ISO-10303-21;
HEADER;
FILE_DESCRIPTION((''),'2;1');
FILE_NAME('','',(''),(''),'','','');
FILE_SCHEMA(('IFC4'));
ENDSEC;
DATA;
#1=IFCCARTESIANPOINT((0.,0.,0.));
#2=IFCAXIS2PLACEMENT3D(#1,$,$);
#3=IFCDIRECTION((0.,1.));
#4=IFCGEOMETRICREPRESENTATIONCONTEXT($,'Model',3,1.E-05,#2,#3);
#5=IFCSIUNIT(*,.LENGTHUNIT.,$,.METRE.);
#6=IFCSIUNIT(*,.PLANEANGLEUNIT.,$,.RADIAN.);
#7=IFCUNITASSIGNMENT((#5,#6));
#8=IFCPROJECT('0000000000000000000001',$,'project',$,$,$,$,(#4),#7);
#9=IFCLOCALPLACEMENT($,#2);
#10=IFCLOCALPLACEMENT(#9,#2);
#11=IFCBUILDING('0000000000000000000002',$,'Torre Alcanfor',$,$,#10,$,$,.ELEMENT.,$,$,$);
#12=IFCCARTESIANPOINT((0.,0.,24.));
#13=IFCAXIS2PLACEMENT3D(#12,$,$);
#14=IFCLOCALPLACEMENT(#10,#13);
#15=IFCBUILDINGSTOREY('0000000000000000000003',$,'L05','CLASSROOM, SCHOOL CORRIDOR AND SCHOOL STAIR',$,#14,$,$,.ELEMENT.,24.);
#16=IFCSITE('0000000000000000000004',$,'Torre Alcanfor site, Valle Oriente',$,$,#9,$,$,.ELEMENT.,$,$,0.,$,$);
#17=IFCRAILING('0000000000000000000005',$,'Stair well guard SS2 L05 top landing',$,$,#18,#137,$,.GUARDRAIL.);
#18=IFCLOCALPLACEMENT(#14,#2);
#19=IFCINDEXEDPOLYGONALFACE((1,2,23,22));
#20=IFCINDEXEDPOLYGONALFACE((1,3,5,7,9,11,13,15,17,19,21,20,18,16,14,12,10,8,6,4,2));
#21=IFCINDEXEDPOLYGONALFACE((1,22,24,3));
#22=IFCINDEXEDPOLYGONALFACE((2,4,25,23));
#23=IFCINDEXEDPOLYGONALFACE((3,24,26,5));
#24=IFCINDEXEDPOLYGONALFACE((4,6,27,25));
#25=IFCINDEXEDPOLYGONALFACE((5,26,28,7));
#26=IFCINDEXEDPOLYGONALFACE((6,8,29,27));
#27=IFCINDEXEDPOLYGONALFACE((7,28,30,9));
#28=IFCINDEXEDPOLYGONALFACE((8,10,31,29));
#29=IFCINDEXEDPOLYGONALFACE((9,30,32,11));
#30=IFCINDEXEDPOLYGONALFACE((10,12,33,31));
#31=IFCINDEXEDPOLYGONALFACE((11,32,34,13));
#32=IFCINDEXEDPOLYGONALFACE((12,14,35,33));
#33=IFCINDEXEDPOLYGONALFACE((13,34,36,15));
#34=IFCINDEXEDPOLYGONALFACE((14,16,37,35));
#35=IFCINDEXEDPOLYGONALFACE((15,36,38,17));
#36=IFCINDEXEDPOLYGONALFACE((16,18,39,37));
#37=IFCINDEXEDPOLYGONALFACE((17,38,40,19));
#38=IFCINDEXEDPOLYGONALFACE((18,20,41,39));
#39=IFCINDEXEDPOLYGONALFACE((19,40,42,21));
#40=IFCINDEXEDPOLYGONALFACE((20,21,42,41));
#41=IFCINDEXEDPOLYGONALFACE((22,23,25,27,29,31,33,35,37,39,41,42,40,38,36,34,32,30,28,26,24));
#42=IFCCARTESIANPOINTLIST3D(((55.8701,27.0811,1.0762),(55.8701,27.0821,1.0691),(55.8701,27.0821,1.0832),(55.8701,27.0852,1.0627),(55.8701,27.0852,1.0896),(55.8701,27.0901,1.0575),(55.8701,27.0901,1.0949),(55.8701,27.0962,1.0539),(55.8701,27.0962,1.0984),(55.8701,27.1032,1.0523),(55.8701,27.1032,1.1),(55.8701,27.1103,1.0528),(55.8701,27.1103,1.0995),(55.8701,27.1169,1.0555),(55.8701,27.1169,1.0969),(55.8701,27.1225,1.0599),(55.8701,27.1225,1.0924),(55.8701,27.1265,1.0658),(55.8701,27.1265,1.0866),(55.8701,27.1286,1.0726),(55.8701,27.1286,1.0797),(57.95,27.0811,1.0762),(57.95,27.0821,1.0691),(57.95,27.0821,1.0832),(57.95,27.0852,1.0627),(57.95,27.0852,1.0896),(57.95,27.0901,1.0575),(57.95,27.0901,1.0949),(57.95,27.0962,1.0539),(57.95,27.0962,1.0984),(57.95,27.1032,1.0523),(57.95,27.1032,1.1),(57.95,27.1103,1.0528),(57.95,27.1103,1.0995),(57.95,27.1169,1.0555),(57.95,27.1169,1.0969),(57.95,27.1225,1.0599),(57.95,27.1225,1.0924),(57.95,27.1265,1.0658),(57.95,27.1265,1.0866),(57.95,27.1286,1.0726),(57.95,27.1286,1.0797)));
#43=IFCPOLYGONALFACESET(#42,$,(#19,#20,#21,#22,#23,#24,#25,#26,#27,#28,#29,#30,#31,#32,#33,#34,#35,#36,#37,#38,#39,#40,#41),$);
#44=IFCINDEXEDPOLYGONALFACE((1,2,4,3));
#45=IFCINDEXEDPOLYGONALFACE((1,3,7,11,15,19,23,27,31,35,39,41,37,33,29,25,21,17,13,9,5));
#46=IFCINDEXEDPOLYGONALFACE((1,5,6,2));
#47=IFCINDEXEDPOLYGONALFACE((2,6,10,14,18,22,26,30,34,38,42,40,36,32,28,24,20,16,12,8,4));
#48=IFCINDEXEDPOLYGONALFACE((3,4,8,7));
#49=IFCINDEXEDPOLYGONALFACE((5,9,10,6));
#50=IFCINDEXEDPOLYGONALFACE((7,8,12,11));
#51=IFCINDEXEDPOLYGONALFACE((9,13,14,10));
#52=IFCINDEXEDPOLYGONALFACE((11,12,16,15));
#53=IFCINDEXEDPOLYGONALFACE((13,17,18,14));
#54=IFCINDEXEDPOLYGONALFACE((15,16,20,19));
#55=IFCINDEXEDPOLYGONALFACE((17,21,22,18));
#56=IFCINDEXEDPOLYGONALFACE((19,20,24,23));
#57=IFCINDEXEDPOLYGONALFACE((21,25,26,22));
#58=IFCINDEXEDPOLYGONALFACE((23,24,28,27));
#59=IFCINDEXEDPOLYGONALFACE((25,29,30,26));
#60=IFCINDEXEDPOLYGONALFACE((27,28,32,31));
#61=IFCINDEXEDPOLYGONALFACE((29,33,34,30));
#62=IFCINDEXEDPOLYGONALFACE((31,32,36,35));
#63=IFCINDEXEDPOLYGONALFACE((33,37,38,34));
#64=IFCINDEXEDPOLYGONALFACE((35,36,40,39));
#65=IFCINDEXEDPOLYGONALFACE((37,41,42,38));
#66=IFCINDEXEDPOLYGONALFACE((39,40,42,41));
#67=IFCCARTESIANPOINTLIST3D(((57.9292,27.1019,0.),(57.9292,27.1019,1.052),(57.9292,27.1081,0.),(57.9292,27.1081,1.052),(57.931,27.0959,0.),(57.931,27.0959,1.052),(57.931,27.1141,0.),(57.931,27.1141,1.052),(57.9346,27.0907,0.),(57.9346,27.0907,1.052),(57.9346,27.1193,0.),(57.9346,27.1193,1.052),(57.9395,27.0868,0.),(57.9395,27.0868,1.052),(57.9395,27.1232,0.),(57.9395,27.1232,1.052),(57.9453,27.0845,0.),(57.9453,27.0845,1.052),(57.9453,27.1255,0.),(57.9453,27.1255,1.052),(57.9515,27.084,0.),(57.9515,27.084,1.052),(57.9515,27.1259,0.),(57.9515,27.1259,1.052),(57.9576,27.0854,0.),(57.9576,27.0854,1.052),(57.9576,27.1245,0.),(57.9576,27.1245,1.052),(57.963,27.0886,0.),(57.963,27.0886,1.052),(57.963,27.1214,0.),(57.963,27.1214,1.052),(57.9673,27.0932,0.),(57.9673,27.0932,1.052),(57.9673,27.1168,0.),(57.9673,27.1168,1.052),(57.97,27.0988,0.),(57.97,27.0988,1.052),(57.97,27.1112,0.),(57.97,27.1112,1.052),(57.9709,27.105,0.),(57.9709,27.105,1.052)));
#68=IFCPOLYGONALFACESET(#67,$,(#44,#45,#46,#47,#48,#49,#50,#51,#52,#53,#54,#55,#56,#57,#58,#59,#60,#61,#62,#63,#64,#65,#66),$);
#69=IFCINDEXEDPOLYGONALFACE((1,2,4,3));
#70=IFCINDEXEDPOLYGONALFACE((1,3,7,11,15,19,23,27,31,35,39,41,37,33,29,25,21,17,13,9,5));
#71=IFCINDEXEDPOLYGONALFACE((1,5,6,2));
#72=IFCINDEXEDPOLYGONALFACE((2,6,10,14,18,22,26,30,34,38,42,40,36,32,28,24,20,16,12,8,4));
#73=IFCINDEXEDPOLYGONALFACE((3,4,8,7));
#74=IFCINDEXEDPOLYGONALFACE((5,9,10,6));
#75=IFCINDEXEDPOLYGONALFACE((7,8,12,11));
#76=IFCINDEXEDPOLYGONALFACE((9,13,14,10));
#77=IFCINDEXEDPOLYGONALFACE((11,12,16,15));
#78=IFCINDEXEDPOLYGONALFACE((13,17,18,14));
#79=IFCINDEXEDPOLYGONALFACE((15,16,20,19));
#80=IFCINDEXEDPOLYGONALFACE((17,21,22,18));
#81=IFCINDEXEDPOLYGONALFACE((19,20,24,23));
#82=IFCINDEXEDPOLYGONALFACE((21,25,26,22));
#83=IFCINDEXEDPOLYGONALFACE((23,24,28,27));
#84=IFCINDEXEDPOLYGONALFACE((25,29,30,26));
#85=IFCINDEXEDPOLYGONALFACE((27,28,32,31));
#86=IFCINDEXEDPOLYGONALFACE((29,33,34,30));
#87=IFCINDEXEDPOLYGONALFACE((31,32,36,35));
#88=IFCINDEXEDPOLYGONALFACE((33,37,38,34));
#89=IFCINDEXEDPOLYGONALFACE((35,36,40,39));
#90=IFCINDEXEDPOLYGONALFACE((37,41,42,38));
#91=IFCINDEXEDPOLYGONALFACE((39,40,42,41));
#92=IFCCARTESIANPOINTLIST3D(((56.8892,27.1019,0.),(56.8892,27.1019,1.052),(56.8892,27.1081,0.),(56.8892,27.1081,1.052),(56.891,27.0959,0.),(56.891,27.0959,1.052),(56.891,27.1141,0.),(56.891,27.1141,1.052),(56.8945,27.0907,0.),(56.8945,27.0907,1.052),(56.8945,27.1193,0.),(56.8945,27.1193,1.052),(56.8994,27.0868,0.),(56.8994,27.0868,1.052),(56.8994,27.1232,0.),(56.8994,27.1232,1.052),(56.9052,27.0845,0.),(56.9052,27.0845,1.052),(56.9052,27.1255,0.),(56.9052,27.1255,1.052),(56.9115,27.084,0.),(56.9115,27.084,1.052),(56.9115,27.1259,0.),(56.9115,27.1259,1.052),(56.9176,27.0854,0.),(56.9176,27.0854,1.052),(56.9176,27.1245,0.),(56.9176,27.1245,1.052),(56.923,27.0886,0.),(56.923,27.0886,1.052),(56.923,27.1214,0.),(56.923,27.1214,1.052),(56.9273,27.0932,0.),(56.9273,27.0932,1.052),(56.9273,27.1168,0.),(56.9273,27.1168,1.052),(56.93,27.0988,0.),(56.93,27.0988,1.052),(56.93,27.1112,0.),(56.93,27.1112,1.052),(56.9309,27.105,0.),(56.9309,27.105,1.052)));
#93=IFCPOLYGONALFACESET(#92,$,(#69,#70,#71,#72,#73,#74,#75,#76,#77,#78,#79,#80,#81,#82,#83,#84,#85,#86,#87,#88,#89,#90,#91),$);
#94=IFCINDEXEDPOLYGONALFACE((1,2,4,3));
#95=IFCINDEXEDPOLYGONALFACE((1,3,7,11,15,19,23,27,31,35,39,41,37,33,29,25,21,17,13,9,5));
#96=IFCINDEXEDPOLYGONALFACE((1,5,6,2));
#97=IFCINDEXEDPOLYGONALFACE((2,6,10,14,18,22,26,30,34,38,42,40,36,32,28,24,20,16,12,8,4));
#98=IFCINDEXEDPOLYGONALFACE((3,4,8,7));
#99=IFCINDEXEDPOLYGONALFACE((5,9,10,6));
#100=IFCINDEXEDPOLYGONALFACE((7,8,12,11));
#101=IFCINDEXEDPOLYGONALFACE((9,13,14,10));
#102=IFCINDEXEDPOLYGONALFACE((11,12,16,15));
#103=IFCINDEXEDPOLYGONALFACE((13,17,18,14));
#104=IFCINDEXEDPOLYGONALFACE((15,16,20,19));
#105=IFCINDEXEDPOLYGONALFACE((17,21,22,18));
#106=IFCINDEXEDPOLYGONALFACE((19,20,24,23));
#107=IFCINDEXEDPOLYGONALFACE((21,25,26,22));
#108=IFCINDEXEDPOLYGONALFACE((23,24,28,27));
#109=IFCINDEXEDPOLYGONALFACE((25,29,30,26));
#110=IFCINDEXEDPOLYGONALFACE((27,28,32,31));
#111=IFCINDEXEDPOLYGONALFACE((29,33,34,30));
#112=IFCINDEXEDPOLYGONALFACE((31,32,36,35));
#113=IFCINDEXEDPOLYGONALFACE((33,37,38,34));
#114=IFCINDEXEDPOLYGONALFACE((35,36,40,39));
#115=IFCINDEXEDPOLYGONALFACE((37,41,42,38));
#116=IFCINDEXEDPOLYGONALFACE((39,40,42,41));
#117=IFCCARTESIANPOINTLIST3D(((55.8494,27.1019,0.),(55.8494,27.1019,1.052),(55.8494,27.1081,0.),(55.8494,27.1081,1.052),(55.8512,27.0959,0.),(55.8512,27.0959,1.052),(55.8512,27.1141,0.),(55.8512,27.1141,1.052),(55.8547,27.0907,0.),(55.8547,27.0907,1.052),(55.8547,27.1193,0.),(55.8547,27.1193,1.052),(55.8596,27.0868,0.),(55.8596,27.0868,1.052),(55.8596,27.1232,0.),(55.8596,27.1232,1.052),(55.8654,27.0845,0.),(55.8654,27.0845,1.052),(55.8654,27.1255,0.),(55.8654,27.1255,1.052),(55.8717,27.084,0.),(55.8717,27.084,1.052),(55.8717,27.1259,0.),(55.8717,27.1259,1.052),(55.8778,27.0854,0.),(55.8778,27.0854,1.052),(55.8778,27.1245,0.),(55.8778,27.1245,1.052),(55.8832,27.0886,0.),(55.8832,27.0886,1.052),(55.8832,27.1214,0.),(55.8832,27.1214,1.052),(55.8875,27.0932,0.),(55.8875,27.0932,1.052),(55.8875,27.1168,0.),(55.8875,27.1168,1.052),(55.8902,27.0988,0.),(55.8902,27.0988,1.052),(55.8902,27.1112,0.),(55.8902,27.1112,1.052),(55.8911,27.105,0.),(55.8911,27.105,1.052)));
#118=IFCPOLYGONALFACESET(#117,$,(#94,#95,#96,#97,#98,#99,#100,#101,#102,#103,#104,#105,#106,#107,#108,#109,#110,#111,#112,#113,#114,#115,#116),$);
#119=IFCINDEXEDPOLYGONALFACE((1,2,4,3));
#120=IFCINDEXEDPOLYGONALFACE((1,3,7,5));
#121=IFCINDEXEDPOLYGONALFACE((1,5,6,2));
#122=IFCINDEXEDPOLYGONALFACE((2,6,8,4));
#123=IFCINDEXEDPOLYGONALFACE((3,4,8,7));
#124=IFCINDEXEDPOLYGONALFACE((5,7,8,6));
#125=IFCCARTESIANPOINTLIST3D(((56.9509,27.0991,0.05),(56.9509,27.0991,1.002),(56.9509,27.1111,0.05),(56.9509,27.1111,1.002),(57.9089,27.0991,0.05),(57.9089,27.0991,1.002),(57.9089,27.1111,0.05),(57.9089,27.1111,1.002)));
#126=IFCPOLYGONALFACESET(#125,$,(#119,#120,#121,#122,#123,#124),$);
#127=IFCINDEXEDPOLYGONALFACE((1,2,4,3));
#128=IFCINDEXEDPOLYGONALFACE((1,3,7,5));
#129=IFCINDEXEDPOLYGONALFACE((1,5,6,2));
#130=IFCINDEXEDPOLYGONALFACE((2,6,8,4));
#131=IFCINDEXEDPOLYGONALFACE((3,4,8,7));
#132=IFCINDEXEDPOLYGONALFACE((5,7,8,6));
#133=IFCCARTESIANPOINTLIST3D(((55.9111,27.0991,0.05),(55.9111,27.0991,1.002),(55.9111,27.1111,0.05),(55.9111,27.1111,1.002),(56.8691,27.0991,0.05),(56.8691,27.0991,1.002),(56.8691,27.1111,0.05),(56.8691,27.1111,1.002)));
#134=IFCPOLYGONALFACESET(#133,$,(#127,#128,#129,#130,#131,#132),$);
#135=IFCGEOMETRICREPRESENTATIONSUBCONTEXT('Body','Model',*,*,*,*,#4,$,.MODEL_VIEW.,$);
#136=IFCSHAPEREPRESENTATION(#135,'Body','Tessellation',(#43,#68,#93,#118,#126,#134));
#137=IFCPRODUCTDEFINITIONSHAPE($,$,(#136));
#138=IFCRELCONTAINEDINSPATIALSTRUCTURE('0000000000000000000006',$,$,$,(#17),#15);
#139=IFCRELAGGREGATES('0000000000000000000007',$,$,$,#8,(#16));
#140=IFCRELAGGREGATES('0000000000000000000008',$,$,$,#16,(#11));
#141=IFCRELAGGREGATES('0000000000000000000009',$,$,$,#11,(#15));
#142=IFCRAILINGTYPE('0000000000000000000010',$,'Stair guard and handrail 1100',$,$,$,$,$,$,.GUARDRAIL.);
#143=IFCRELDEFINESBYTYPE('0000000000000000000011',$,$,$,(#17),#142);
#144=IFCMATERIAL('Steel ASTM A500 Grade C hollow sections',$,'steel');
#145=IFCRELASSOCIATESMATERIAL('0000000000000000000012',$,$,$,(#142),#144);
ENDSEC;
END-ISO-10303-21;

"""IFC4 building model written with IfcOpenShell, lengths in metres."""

from ifc_helpers import new_model, si_unit, direction, frame, origin, origin_2d, place, context, subcontext, project, spatial, polyline, circle, outline, extrude, material, type_object, element, save


model = new_model("IFC4")

# Units and contexts
model_context = context("Model", 3, precision=1e-05, world=origin(), true_north=direction((0.0, 1.0)))
body_context = subcontext(model_context, "Body", "Model", "MODEL_VIEW")
ifc_project = project(units=[si_unit("LENGTHUNIT", "METRE"), si_unit("PLANEANGLEUNIT", "RADIAN")], contexts=[model_context])

# Site, building, storey
site_placement = place(None, origin())
site = spatial("IfcSite", under=ifc_project, at=site_placement, Name="Torre Alcanfor site, Valle Oriente", CompositionType="ELEMENT", RefElevation=0.0)
building_placement = place(site_placement, origin())
building = spatial("IfcBuilding", under=site, at=building_placement, Name="Torre Alcanfor", CompositionType="ELEMENT")
storey_placement = place(building_placement, frame((0.0, 0.0, 24.0)))
storey = spatial("IfcBuildingStorey", under=building, at=storey_placement, Name="L05", Description="CLASSROOM, SCHOOL CORRIDOR AND SCHOOL STAIR", CompositionType="ELEMENT", Elevation=24.0)

# Railing
ifc_material_1 = material(Name="Steel ASTM A500 Grade C hollow sections", Category="steel")
railing_type = type_object("IfcRailingType", Name="Stair guard and handrail 1100", PredefinedType="GUARDRAIL", material=ifc_material_1)
railing_1_placement = place(storey_placement, frame((57.95, 27.105, 0.0)))
element("IfcRailing", 1, at=railing_1_placement, inside=storey, type_object=railing_type, Name="Stair well guard SS2 L05 top landing", PredefinedType="GUARDRAIL", context=body_context, shape_type="SweptSolid", body=[
    extrude(circle(Radius=0.0239, at=origin_2d()), frame((0.0, 0.0, 1.0762), z_axis=(-1.0, 0.0, 0.0), x_axis=(0.0, -1.0, 0.0)), (0.0, 0.0, 1.0), 2.0798),
    extrude(circle(Radius=0.021, at=origin_2d()), origin(), (0.0, 0.0, 1.0), 1.052),
    extrude(circle(Radius=0.021, at=origin_2d()), frame((-1.04, 0.0, 0.0)), (0.0, 0.0, 1.0), 1.052),
    extrude(circle(Radius=0.021, at=origin_2d()), frame((-2.0798, 0.0, 0.0)), (0.0, 0.0, 1.0), 1.052),
    extrude(outline(polyline([(0.041, 0.05), (0.999, 0.05), (0.999, 1.002), (0.041, 1.002), (0.041, 0.05)])), frame((0.0, -0.0059, 0.0), z_axis=(0.0, 1.0, 0.0), x_axis=(-1.0, 0.0, 0.0)), (0.0, 0.0, 1.0), 0.012),
    extrude(outline(polyline([(1.0808, 0.05), (2.0388, 0.05), (2.0388, 1.002), (1.0808, 1.002), (1.0808, 0.05)])), frame((0.0, -0.0059, 0.0), z_axis=(0.0, 1.0, 0.0), x_axis=(-1.0, 0.0, 0.0)), (0.0, 0.0, 1.0), 0.012),
])

save(model, "model.ifc")
